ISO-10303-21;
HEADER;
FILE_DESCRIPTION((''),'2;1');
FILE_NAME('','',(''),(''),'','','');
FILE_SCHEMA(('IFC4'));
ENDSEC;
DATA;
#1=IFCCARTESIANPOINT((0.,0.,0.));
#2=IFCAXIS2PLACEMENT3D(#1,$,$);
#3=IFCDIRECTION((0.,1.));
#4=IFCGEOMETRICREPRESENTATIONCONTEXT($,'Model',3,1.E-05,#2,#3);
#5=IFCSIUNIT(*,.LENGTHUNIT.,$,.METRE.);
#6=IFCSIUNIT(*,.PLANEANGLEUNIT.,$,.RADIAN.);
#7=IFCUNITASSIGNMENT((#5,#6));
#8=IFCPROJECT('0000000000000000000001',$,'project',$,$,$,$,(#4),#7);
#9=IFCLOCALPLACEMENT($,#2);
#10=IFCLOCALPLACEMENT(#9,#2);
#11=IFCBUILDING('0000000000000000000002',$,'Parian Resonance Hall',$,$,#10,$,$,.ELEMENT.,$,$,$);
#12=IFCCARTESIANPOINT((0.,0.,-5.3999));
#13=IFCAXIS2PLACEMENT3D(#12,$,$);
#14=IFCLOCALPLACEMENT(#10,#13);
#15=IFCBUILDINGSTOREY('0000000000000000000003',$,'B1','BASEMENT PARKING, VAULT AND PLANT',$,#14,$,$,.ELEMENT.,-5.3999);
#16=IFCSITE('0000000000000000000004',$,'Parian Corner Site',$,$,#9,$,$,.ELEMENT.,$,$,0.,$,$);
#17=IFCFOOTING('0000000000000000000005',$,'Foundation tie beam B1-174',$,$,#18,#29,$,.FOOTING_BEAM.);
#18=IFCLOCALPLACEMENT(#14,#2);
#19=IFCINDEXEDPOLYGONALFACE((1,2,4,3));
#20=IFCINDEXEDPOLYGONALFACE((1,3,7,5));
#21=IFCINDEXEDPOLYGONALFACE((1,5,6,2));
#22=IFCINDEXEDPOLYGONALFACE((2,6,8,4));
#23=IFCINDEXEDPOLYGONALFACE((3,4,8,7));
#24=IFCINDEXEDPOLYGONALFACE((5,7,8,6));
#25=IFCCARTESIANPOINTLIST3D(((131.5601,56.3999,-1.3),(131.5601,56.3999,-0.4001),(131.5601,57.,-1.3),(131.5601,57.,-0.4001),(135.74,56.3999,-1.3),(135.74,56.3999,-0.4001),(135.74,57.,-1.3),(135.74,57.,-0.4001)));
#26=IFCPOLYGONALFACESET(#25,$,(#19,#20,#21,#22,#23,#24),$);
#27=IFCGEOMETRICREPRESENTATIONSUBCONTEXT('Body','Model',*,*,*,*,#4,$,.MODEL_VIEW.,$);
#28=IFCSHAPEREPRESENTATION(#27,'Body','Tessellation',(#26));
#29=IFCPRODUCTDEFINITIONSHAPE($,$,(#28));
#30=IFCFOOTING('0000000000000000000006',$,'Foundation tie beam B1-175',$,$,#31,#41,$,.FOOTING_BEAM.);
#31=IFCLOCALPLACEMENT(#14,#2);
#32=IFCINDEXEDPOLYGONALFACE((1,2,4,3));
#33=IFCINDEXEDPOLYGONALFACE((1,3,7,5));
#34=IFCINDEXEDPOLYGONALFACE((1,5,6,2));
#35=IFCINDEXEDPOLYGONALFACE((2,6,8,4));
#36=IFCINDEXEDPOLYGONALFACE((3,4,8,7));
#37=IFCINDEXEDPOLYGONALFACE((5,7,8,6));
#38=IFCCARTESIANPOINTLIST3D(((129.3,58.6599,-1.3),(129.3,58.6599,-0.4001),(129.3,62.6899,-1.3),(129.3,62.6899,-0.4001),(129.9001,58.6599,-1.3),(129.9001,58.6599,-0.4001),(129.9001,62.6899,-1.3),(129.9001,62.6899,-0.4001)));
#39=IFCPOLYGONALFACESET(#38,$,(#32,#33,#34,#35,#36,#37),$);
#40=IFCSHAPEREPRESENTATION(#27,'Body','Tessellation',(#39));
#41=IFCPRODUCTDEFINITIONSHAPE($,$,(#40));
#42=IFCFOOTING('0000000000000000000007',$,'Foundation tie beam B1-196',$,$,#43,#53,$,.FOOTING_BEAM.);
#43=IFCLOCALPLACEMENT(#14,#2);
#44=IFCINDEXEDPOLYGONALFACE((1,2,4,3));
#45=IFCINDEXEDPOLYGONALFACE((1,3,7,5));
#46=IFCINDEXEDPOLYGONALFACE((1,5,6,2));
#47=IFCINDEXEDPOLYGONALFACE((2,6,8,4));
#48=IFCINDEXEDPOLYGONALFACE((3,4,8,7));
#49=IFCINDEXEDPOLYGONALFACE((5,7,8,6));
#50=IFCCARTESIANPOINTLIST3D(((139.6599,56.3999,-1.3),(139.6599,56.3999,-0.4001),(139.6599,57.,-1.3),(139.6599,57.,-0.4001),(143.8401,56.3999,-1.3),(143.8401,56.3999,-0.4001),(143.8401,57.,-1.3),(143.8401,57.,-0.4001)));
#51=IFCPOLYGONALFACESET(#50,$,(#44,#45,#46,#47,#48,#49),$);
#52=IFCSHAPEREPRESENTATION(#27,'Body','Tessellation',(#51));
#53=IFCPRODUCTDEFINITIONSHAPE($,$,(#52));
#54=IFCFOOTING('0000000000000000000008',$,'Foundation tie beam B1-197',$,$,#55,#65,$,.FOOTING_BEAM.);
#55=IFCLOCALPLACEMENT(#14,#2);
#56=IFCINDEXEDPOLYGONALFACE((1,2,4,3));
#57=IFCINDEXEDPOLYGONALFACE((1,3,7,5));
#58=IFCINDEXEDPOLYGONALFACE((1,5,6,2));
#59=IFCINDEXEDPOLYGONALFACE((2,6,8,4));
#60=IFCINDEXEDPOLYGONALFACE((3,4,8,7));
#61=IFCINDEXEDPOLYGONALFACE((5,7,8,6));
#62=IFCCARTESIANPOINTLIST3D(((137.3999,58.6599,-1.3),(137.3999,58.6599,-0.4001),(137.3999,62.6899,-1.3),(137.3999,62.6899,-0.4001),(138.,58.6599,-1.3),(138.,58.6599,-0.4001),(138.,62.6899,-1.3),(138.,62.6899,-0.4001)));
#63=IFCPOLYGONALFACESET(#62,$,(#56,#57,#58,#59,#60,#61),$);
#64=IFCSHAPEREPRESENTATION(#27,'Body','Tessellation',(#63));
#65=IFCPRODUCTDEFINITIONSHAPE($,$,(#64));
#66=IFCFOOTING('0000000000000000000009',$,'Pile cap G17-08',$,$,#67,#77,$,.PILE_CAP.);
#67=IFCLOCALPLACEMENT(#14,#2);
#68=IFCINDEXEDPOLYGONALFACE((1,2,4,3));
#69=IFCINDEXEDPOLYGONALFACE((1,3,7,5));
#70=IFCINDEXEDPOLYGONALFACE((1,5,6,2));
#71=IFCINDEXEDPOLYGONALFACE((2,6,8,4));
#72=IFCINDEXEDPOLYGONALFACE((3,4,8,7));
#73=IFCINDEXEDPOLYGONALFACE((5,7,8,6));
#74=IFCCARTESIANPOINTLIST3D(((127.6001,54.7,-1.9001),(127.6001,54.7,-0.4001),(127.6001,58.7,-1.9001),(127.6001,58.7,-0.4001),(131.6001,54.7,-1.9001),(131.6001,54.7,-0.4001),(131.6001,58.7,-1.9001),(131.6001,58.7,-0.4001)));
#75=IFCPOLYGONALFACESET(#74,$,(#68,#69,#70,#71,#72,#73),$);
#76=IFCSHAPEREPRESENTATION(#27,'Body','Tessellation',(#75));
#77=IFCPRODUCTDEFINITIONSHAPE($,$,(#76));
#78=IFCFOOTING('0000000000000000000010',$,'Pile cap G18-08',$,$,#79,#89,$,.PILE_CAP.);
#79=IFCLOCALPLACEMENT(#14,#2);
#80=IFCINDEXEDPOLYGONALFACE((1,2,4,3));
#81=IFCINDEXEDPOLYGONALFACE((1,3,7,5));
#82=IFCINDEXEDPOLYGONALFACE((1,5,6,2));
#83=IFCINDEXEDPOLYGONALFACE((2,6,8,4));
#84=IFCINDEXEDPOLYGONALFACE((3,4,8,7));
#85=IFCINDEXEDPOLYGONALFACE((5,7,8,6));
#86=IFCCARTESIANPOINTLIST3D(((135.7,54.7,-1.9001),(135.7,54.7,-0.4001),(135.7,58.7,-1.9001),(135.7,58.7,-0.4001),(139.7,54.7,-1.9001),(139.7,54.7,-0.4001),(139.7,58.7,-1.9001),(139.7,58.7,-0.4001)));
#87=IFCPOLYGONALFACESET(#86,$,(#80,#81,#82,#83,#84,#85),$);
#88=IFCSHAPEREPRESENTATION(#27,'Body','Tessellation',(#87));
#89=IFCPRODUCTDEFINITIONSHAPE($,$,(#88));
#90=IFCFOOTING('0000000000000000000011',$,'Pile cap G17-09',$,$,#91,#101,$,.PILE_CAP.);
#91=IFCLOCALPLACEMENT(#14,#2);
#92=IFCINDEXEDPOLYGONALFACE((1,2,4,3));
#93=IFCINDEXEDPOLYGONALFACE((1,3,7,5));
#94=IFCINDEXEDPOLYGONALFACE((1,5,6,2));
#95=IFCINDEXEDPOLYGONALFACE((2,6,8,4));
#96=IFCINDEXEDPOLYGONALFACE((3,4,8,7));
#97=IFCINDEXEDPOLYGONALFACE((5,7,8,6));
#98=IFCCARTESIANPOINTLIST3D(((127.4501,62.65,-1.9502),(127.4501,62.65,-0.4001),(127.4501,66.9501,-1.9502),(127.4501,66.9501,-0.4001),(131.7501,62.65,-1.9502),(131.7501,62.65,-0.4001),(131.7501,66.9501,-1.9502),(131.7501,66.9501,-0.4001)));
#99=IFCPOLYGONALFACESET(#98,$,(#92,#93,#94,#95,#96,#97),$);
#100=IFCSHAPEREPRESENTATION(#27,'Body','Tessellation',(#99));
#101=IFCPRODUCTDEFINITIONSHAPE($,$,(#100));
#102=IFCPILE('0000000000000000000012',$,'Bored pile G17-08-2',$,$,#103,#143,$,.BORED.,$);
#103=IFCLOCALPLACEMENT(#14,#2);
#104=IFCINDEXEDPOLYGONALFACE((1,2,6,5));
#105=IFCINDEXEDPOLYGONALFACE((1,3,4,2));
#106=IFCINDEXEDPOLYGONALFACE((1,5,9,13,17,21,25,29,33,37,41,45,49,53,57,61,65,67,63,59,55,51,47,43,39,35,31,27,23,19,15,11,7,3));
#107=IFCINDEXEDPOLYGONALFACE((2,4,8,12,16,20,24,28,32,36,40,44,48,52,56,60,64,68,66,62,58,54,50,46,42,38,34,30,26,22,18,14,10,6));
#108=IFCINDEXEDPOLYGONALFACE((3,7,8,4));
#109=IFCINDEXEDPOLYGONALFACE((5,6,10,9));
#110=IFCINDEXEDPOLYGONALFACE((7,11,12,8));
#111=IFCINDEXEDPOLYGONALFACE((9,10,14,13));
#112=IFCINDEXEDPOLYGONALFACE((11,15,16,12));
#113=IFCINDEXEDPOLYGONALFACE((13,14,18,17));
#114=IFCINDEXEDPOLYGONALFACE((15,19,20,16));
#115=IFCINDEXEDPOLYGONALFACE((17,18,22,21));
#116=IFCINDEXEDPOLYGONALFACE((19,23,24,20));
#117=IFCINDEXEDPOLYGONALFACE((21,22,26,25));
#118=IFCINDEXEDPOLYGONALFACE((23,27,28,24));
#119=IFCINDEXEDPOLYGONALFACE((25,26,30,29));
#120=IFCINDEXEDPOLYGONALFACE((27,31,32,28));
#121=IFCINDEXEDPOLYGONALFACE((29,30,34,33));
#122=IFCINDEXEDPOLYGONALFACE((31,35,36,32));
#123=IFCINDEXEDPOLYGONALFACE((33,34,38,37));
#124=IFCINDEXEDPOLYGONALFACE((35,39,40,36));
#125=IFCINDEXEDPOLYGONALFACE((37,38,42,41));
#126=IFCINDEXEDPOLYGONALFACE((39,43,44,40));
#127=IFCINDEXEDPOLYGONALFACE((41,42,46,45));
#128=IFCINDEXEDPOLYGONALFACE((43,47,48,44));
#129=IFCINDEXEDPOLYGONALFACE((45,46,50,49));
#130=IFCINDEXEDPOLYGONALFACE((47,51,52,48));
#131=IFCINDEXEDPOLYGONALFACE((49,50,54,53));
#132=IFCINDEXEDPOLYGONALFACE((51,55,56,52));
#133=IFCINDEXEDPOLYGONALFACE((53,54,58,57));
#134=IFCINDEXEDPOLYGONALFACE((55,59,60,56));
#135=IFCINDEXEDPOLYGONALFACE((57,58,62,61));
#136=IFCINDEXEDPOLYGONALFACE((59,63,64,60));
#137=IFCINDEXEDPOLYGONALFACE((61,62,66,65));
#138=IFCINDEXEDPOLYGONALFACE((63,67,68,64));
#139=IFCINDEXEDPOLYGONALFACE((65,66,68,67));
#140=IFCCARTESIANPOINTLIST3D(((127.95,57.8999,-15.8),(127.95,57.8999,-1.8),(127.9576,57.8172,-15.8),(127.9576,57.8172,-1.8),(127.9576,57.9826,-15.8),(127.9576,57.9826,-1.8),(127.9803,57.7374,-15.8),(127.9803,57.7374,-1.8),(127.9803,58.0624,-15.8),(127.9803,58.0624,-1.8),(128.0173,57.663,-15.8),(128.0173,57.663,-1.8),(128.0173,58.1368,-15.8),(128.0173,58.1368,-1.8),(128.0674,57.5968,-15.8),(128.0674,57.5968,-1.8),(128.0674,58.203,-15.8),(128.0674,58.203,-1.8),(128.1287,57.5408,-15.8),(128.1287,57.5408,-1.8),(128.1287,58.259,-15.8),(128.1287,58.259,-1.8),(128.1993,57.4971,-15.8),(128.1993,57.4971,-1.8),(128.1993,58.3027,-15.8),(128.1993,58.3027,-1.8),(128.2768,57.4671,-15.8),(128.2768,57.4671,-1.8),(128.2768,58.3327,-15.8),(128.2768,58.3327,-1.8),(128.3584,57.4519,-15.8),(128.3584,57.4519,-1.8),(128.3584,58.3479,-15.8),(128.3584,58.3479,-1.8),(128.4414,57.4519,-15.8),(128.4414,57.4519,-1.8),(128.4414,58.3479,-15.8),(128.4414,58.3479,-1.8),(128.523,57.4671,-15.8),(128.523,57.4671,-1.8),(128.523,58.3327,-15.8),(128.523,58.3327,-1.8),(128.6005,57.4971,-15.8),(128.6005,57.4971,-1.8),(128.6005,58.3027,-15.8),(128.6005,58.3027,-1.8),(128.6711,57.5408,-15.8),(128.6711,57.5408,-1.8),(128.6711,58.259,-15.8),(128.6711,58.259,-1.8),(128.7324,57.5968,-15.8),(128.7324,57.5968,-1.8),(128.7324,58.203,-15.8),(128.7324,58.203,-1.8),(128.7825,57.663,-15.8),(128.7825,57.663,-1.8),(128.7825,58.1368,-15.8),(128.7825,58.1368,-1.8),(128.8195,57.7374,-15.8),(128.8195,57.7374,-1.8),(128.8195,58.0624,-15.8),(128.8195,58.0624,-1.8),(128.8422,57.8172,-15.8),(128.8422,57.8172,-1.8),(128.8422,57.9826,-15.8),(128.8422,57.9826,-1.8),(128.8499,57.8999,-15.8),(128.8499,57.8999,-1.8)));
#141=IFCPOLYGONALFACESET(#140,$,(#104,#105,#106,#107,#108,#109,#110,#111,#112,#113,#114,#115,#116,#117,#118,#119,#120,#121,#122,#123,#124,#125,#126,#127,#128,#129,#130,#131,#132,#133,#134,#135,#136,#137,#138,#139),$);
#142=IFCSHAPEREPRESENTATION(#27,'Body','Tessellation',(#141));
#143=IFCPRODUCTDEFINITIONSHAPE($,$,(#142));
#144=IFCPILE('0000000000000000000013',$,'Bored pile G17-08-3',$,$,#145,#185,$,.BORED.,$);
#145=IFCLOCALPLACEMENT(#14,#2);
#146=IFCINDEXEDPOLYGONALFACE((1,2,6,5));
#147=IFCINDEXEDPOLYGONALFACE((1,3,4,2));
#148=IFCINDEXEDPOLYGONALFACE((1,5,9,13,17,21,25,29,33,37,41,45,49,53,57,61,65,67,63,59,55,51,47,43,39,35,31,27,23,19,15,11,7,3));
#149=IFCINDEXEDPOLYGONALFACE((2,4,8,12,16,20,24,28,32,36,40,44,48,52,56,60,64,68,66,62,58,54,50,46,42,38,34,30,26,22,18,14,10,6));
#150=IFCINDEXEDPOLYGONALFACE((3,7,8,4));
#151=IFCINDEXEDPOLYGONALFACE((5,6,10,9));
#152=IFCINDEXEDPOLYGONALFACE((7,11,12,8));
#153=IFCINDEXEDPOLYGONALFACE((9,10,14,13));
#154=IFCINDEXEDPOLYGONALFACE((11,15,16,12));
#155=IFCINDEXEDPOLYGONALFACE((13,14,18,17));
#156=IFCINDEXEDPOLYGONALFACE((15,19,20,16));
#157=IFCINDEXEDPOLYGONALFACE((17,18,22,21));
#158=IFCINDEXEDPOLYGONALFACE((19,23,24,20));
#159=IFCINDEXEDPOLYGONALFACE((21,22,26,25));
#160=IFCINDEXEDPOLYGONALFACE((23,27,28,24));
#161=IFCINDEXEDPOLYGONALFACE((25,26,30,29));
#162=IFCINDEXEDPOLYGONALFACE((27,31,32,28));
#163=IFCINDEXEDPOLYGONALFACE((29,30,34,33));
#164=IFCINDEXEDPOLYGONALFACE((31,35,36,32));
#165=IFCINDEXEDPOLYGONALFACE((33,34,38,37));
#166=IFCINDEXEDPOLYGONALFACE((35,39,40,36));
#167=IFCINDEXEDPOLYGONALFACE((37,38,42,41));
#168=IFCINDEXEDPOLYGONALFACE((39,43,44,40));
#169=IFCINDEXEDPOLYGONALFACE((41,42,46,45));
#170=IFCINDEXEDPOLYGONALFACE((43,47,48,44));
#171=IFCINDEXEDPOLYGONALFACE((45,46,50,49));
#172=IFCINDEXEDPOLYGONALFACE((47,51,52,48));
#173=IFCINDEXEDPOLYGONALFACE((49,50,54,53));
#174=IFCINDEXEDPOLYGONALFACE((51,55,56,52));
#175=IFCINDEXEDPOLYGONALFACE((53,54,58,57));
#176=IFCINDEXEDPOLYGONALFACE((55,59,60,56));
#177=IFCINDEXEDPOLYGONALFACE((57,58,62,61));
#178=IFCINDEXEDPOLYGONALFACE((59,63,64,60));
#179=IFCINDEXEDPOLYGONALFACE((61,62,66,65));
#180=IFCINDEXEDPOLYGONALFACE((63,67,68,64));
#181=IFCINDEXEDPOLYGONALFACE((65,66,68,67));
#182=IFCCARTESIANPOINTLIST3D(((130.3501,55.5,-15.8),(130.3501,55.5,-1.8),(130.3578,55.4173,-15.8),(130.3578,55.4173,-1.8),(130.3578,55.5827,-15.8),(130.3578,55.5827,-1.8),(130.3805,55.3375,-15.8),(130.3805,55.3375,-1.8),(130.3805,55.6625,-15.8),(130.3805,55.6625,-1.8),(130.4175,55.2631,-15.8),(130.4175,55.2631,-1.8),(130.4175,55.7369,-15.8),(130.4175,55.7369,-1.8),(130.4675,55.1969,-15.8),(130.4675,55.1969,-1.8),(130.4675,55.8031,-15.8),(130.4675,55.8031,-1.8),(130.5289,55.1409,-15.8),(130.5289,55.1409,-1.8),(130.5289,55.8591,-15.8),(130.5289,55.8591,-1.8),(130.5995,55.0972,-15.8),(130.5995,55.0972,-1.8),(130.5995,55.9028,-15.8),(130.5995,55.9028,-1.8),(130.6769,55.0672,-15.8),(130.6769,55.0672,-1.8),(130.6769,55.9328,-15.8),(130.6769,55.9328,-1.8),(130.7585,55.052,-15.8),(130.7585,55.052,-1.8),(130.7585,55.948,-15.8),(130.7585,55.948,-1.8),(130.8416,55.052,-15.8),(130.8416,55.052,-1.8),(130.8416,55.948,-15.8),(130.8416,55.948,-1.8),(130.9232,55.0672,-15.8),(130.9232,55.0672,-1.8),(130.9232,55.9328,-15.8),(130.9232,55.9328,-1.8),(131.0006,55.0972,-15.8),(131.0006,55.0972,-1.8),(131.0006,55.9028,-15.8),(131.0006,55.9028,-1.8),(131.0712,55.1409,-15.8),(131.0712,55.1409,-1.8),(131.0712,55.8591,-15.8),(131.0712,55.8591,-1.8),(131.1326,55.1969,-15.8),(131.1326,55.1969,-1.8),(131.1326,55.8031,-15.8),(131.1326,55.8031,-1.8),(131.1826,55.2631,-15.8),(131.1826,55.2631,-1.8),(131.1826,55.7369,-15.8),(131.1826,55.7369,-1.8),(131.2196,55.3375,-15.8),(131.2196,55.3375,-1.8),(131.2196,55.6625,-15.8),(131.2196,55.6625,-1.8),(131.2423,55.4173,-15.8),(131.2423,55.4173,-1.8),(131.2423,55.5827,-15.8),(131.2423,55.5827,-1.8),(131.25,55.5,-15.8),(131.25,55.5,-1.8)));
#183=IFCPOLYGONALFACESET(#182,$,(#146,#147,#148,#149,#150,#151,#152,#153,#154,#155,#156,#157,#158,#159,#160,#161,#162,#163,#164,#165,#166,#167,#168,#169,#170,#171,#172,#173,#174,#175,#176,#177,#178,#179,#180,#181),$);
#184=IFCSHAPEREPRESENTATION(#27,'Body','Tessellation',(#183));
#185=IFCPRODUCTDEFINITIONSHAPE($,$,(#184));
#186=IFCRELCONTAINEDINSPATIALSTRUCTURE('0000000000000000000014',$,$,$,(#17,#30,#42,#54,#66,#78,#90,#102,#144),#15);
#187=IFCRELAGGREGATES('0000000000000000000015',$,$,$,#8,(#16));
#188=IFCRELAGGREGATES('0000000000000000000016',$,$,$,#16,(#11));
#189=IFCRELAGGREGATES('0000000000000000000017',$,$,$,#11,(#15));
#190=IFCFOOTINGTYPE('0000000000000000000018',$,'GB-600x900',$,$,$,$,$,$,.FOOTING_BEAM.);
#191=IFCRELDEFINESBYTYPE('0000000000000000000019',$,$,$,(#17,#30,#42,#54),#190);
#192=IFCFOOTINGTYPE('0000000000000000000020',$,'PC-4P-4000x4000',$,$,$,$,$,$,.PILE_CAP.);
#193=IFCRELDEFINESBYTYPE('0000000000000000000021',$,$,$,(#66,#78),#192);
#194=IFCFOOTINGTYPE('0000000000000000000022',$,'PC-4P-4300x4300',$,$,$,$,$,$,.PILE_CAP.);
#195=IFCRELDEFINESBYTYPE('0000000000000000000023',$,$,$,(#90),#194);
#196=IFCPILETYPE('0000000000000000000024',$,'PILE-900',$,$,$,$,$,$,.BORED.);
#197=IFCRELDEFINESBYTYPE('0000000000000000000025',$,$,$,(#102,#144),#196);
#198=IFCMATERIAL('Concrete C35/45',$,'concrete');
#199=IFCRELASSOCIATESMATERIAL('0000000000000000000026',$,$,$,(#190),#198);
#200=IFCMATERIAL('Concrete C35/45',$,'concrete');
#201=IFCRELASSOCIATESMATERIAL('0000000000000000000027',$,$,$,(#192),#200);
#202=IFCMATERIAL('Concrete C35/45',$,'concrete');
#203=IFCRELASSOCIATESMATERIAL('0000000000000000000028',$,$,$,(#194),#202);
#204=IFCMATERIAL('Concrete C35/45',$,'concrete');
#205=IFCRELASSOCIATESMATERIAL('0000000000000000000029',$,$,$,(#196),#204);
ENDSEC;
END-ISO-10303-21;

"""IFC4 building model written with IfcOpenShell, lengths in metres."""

from ifc_helpers import new_model, si_unit, direction, frame, origin, origin_2d, place, context, subcontext, project, spatial, rectangle, circle, extrude, material, material_profile, profile_set, type_object, element, save


model = new_model("IFC4")

# Units and contexts
model_context = context("Model", 3, precision=1e-05, world=origin(), true_north=direction((0.0, 1.0)))
body_context = subcontext(model_context, "Body", "Model", "MODEL_VIEW")
ifc_project = project(units=[si_unit("LENGTHUNIT", "METRE"), si_unit("PLANEANGLEUNIT", "RADIAN")], contexts=[model_context])

# Site, building, storey
site_placement = place(None, origin())
site = spatial("IfcSite", under=ifc_project, at=site_placement, Name="Parian Corner Site", CompositionType="ELEMENT", RefElevation=0.0)
building_placement = place(site_placement, origin())
building = spatial("IfcBuilding", under=site, at=building_placement, Name="Parian Resonance Hall", CompositionType="ELEMENT")
storey_placement = place(building_placement, frame((0.0, 0.0, -5.3999)))
storey = spatial("IfcBuildingStorey", under=building, at=storey_placement, Name="B1", Description="BASEMENT PARKING, VAULT AND PLANT", CompositionType="ELEMENT", Elevation=-5.3999)

# Footings
ifc_material_1 = material(Name="Concrete C35/45", Category="concrete")
ifc_material_profile_1 = material_profile(ifc_material_1, rectangle(XDim=0.6001, YDim=0.8999, at=origin_2d()), Name="RC-GB-600x900")
ifc_profile_set_1 = profile_set([ifc_material_profile_1], Name="Concrete C35/45")
footing_type_1 = type_object("IfcFootingType", Name="GB-600x900", PredefinedType="FOOTING_BEAM", material=ifc_profile_set_1)
footing_1_placement = place(storey_placement, frame((131.5601, 56.7, -0.8501), z_axis=(1.0, 0.0, 0.0), x_axis=(0.0, 1.0, 0.0)))
element("IfcFooting", 1, at=footing_1_placement, inside=storey, type_object=footing_type_1, Name="Foundation tie beam B1-174", PredefinedType="FOOTING_BEAM", context=body_context, shape_type="SweptSolid", body=[
    extrude(rectangle(XDim=0.6001, YDim=0.8999, at=origin_2d()), origin(), (0.0, 0.0, 1.0), 4.1799),
])
footing_2_placement = place(storey_placement, frame((129.6001, 58.6599, -0.8501), z_axis=(0.0, 1.0, 0.0), x_axis=(-1.0, 0.0, 0.0)))
element("IfcFooting", 2, at=footing_2_placement, inside=storey, type_object=footing_type_1, Name="Foundation tie beam B1-175", PredefinedType="FOOTING_BEAM", context=body_context, shape_type="SweptSolid", body=[
    extrude(rectangle(XDim=0.6001, YDim=0.8999, at=origin_2d()), origin(), (0.0, 0.0, 1.0), 4.03),
])
footing_3_placement = place(storey_placement, frame((139.6599, 56.7, -0.8501), z_axis=(1.0, 0.0, 0.0), x_axis=(0.0, 1.0, 0.0)))
element("IfcFooting", 3, at=footing_3_placement, inside=storey, type_object=footing_type_1, Name="Foundation tie beam B1-196", PredefinedType="FOOTING_BEAM", context=body_context, shape_type="SweptSolid", body=[
    extrude(rectangle(XDim=0.6001, YDim=0.8999, at=origin_2d()), origin(), (0.0, 0.0, 1.0), 4.1802),
])
footing_4_placement = place(storey_placement, frame((137.7, 58.6599, -0.8501), z_axis=(0.0, 1.0, 0.0), x_axis=(-1.0, 0.0, 0.0)))
element("IfcFooting", 4, at=footing_4_placement, inside=storey, type_object=footing_type_1, Name="Foundation tie beam B1-197", PredefinedType="FOOTING_BEAM", context=body_context, shape_type="SweptSolid", body=[
    extrude(rectangle(XDim=0.6001, YDim=0.8999, at=origin_2d()), origin(), (0.0, 0.0, 1.0), 4.03),
])
ifc_material_2 = material(Name="Concrete C35/45", Category="concrete")
footing_type_2 = type_object("IfcFootingType", Name="PC-4P-4000x4000", PredefinedType="PILE_CAP", material=ifc_material_2)
for number, where, z_axis, x_axis, name in (
    (5, (129.6001, 56.7, -1.9001), (0.0, 0.0, 1.0), (1.0, 0.0, 0.0), "Pile cap G17-08"),
    (6, (137.7, 56.7, -1.9001), (0.0, 0.0, 1.0), (1.0, 0.0, 0.0), "Pile cap G18-08"),
):
    element("IfcFooting", number, at=place(storey_placement, frame(where, z_axis=z_axis, x_axis=x_axis)), inside=storey, type_object=footing_type_2, Name=name, PredefinedType="PILE_CAP", context=body_context, shape_type="SweptSolid", body=[
        extrude(rectangle(XDim=4.0, YDim=4.0, at=origin_2d()), origin(), (0.0, 0.0, 1.0), 1.5),
    ])
ifc_material_3 = material(Name="Concrete C35/45", Category="concrete")
footing_type_3 = type_object("IfcFootingType", Name="PC-4P-4300x4300", PredefinedType="PILE_CAP", material=ifc_material_3)
footing_5_placement = place(storey_placement, frame((129.6001, 64.8, -1.9502), z_axis=(0.0, 0.0, 1.0), x_axis=(1.0, 0.0, 0.0)))
element("IfcFooting", 7, at=footing_5_placement, inside=storey, type_object=footing_type_3, Name="Pile cap G17-09", PredefinedType="PILE_CAP", context=body_context, shape_type="SweptSolid", body=[
    extrude(rectangle(XDim=4.3, YDim=4.3, at=origin_2d()), origin(), (0.0, 0.0, 1.0), 1.55),
])

# Piles
ifc_material_4 = material(Name="Concrete C35/45", Category="concrete")
ifc_material_profile_2 = material_profile(ifc_material_4, circle(Radius=0.45, at=origin_2d()), Name="PILE-D900")
ifc_profile_set_2 = profile_set([ifc_material_profile_2], Name="Concrete C35/45")
pile_type = type_object("IfcPileType", Name="PILE-900", PredefinedType="BORED", material=ifc_profile_set_2)
for number, where, z_axis, x_axis, name in (
    (8, (128.3999, 57.8999, -1.8), (0.0, 0.0, -1.0), (1.0, 0.0, 0.0), "Bored pile G17-08-2"),
    (9, (130.8, 55.5, -1.8), (0.0, 0.0, -1.0), (1.0, 0.0, 0.0), "Bored pile G17-08-3"),
):
    element("IfcPile", number, at=place(storey_placement, frame(where, z_axis=z_axis, x_axis=x_axis)), inside=storey, type_object=pile_type, Name=name, PredefinedType="BORED", context=body_context, shape_type="SweptSolid", body=[
        extrude(circle(Radius=0.45, at=origin_2d()), origin(), (0.0, 0.0, 1.0), 14.0),
    ])

save(model, "model.ifc")
